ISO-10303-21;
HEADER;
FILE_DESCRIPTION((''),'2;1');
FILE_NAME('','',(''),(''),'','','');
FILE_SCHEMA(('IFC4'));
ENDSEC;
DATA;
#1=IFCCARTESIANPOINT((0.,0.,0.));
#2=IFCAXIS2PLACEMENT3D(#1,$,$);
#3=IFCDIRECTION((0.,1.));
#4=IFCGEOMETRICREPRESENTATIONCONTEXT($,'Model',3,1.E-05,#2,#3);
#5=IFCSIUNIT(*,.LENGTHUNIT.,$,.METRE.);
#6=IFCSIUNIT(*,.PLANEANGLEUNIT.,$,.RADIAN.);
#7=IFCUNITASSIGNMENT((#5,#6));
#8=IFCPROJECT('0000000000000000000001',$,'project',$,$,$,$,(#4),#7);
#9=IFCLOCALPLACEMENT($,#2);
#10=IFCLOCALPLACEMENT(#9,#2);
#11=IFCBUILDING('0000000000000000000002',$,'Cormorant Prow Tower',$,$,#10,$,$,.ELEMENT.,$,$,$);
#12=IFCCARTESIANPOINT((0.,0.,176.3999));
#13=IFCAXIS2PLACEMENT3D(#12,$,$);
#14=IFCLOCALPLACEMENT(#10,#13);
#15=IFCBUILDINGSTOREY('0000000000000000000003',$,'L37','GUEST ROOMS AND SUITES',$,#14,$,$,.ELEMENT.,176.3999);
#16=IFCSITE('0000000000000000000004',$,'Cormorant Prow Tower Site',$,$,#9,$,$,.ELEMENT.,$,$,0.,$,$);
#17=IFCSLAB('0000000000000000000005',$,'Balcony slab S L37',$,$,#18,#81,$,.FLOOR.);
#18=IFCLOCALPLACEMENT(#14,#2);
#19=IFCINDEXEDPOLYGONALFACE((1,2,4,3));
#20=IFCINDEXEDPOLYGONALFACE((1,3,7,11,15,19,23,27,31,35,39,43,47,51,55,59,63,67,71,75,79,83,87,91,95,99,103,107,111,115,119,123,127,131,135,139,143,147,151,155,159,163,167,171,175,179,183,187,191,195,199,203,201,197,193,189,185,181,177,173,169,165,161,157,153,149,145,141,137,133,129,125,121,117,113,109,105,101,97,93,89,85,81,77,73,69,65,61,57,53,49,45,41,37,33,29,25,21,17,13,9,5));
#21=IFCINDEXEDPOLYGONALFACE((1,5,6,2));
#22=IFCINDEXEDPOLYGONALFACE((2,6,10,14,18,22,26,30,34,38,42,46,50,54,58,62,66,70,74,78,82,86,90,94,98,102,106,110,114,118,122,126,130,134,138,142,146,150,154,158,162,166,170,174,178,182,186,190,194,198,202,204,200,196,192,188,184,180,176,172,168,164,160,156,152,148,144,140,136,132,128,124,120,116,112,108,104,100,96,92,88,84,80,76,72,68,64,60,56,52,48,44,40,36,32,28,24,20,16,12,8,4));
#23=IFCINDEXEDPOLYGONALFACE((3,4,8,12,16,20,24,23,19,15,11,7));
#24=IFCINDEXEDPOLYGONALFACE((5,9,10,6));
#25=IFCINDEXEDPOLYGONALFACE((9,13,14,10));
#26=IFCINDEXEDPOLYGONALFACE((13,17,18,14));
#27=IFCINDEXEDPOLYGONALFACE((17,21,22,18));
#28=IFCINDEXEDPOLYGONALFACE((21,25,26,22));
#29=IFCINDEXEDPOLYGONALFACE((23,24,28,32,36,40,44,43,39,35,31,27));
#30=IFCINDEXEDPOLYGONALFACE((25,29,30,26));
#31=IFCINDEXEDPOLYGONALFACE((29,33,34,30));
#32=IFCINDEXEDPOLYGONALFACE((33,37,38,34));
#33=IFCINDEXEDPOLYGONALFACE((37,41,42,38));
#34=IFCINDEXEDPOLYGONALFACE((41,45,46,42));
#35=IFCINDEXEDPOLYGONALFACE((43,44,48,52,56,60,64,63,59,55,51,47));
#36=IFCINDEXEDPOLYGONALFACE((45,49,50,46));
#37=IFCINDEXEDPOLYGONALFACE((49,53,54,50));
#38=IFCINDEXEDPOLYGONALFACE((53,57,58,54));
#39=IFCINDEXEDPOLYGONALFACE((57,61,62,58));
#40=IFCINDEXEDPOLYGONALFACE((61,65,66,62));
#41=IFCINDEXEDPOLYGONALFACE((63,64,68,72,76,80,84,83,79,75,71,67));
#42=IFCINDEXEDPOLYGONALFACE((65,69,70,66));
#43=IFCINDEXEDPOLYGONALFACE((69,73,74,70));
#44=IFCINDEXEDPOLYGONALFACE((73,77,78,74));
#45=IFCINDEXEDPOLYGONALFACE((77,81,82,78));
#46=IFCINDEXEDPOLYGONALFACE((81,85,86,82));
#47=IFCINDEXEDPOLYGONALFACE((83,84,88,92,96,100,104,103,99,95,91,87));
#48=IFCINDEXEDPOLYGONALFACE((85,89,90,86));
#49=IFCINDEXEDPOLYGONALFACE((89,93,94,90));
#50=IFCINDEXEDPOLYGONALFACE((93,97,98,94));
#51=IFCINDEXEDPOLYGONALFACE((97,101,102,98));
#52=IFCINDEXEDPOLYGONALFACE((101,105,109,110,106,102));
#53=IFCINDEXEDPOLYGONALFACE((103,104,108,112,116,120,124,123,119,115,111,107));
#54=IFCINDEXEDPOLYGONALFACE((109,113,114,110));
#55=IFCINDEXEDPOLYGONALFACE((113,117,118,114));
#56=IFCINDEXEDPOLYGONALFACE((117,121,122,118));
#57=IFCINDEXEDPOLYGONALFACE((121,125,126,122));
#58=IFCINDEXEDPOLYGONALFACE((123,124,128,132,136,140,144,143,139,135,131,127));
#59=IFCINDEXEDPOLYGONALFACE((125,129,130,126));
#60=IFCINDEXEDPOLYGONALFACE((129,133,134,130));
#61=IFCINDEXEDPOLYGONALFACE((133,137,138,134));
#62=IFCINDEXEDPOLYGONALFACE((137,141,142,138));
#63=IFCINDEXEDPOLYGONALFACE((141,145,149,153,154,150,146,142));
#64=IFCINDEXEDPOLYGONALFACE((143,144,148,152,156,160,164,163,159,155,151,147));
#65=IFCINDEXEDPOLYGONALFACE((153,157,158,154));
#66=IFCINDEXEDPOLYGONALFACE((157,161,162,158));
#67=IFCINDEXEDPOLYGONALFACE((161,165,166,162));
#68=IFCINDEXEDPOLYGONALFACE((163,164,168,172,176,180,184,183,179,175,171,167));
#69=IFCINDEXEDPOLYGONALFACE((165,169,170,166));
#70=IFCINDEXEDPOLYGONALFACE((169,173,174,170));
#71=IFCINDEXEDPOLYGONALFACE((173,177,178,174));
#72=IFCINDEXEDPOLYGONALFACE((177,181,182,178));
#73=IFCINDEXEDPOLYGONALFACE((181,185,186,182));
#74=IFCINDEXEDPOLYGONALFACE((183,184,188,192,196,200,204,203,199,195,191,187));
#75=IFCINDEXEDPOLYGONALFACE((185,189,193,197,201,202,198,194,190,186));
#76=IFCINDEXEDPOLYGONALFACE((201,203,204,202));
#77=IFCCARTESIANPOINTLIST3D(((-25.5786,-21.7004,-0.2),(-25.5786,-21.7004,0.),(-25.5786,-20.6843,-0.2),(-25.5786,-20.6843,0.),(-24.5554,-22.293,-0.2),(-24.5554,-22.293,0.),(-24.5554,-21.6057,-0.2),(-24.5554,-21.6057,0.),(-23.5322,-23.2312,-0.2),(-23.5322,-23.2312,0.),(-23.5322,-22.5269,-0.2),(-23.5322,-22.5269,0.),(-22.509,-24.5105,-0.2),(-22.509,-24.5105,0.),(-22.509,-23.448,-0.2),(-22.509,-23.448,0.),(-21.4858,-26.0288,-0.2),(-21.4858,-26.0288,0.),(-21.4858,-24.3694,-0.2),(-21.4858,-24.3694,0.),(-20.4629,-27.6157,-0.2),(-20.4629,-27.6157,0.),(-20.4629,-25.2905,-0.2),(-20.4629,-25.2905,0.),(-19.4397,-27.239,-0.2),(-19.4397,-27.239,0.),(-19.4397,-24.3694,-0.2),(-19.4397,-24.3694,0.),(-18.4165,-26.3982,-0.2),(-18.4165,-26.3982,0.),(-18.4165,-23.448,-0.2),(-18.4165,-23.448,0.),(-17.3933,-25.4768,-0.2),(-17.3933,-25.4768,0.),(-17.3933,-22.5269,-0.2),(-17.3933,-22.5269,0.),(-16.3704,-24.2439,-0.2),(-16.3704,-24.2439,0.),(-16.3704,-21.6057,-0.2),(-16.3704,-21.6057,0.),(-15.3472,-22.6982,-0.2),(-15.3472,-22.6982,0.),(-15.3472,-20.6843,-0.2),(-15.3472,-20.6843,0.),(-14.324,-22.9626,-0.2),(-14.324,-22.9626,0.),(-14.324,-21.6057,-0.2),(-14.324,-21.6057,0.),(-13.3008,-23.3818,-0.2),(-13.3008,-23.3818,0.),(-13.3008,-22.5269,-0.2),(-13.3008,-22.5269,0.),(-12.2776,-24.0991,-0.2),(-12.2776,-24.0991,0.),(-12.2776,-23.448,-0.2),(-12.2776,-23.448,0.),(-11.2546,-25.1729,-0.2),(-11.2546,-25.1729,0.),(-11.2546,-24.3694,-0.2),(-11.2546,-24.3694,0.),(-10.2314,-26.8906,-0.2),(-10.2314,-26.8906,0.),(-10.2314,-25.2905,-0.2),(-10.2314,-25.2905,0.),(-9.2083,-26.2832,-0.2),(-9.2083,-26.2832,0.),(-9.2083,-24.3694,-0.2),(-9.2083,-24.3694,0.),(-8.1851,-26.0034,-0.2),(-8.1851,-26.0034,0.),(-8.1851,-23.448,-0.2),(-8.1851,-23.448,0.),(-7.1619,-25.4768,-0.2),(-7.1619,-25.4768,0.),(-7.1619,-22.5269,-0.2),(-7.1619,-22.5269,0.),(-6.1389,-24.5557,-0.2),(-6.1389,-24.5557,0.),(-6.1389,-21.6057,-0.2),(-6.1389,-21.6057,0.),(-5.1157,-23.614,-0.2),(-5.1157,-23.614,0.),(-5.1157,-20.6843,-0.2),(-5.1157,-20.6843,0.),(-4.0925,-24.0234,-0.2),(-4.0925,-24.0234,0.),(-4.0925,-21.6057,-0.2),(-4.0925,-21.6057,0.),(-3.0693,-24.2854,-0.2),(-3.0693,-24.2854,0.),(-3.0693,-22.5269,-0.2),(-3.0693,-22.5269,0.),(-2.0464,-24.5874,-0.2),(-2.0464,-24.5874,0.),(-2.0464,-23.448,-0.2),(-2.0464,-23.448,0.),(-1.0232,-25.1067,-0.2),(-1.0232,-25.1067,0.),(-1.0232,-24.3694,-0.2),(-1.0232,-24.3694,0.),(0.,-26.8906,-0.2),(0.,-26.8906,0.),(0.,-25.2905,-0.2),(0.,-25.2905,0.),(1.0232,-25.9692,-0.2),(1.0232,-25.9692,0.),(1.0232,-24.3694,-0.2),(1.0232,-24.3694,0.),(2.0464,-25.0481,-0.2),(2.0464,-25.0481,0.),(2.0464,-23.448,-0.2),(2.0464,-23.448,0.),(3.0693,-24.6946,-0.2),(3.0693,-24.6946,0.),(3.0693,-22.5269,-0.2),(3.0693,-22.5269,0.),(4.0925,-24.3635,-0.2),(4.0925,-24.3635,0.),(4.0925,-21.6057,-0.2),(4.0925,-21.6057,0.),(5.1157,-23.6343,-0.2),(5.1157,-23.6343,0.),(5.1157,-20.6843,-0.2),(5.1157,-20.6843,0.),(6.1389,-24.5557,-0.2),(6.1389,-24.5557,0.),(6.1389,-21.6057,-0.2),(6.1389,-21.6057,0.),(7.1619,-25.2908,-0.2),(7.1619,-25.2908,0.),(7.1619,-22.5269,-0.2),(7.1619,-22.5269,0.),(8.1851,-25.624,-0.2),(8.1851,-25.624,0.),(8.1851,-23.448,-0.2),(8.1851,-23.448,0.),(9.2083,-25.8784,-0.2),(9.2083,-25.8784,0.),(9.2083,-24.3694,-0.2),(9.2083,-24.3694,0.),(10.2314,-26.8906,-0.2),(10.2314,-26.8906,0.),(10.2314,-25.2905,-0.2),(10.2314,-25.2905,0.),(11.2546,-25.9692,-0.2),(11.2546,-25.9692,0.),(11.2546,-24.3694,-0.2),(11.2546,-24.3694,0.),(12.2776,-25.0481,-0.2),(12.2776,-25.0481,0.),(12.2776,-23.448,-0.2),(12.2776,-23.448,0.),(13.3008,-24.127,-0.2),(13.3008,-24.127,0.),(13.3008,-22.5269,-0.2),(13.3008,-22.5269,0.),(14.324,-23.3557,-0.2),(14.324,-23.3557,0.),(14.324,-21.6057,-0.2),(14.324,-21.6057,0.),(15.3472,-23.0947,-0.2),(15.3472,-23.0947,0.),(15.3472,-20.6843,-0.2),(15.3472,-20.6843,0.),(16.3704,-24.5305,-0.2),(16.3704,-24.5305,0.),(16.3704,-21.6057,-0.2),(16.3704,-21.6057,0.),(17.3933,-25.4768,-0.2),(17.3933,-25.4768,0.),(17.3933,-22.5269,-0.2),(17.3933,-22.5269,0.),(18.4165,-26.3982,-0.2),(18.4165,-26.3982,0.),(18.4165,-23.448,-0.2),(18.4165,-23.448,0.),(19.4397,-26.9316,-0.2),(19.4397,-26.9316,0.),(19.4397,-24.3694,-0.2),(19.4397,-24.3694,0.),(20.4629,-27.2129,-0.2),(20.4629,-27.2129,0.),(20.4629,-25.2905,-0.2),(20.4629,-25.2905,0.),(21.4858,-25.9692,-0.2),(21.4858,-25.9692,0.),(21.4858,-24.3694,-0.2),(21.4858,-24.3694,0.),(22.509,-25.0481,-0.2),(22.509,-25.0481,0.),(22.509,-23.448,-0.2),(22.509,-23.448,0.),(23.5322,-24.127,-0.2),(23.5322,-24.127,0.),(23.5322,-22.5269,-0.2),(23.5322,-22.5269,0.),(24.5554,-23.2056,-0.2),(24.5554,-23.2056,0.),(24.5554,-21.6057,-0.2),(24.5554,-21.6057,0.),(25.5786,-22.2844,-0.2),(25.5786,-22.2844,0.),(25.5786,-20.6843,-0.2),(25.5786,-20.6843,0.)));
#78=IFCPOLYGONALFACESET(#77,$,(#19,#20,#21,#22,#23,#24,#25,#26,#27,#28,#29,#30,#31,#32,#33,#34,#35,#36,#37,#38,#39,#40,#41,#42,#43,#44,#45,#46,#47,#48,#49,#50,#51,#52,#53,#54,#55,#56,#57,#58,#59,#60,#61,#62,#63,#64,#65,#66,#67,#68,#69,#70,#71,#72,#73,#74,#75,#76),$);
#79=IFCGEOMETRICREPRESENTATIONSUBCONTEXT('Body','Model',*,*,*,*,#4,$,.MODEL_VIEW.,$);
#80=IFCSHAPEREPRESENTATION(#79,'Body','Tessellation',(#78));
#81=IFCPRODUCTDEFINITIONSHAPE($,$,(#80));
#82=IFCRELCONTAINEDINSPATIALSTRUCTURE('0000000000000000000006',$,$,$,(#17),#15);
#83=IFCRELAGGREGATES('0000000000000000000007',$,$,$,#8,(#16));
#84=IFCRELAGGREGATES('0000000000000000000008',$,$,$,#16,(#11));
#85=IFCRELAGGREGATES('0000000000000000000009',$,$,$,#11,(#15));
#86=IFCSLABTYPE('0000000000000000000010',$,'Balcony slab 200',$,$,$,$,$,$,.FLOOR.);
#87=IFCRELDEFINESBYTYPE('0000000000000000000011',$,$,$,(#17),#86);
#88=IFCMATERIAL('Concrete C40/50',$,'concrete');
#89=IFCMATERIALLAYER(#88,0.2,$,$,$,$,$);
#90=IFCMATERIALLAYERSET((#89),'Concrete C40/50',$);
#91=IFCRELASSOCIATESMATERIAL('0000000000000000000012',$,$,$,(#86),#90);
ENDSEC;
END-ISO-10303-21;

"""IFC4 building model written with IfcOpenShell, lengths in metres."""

from ifc_helpers import new_model, si_unit, direction, frame, origin, place, context, subcontext, project, spatial, polyline, outline, extrude, material, layer, layer_set, type_object, element, save


model = new_model("IFC4")

# Units and contexts
model_context = context("Model", 3, precision=1e-05, world=origin(), true_north=direction((0.0, 1.0)))
body_context = subcontext(model_context, "Body", "Model", "MODEL_VIEW")
ifc_project = project(units=[si_unit("LENGTHUNIT", "METRE"), si_unit("PLANEANGLEUNIT", "RADIAN")], contexts=[model_context])

# Site, building, storey
site_placement = place(None, origin())
site = spatial("IfcSite", under=ifc_project, at=site_placement, Name="Cormorant Prow Tower Site", CompositionType="ELEMENT", RefElevation=0.0)
building_placement = place(site_placement, origin())
building = spatial("IfcBuilding", under=site, at=building_placement, Name="Cormorant Prow Tower", CompositionType="ELEMENT")
storey_placement = place(building_placement, frame((0.0, 0.0, 176.3999)))
storey = spatial("IfcBuildingStorey", under=building, at=storey_placement, Name="L37", Description="GUEST ROOMS AND SUITES", CompositionType="ELEMENT", Elevation=176.3999)

# Slab
ifc_material_1 = material(Name="Concrete C40/50", Category="concrete")
ifc_layer_1 = layer(ifc_material_1, 0.2)
ifc_layer_set_1 = layer_set([ifc_layer_1], Name="Concrete C40/50")
slab_type_1 = type_object("IfcSlabType", Name="Balcony slab 200", PredefinedType="FLOOR", material=ifc_layer_set_1)
slab_1_placement = place(storey_placement, frame((0.0, 0.0, -0.2)))
element("IfcSlab", 1, at=slab_1_placement, inside=storey, type_object=slab_type_1, Name="Balcony slab S L37", PredefinedType="FLOOR", context=body_context, shape_type="SweptSolid", body=[
    extrude(outline(polyline([(-25.5786, -20.6843), (-25.5786, -21.7004), (-24.5554, -22.293), (-23.5322, -23.2312), (-22.509, -24.5105), (-21.4858, -26.0288), (-20.4629, -27.6157), (-19.4397, -27.239), (-18.4165, -26.3982), (-17.3933, -25.4768), (-16.3704, -24.2439), (-15.3472, -22.6982), (-14.324, -22.9626), (-13.3008, -23.3818), (-12.2776, -24.0991), (-11.2546, -25.1729), (-10.2314, -26.8906), (-9.2083, -26.2832), (-8.1851, -26.0034), (-7.1619, -25.4768), (-6.1389, -24.5557), (-5.1157, -23.614), (-4.0925, -24.0234), (-3.0693, -24.2854), (-2.0464, -24.5874), (-1.0232, -25.1067), (0.0, -26.8906), (1.0232, -25.9692), (2.0464, -25.0481), (3.0693, -24.6946), (4.0925, -24.3635), (5.1157, -23.6343), (6.1389, -24.5557), (7.1619, -25.2908), (8.1851, -25.624), (9.2083, -25.8784), (10.2314, -26.8906), (11.2546, -25.9692), (12.2776, -25.0481), (13.3008, -24.127), (14.324, -23.3557), (15.3472, -23.0947), (16.3704, -24.5305), (17.3933, -25.4768), (18.4165, -26.3982), (19.4397, -26.9316), (20.4629, -27.2129), (21.4858, -25.9692), (22.509, -25.0481), (23.5322, -24.127), (24.5554, -23.2056), (25.5786, -22.2844), (25.5786, -20.6843), (24.5554, -21.6057), (23.5322, -22.5269), (22.509, -23.448), (21.4858, -24.3694), (20.4629, -25.2905), (19.4397, -24.3694), (18.4165, -23.448), (17.3933, -22.5269), (16.3704, -21.6057), (15.3472, -20.6843), (14.324, -21.6057), (13.3008, -22.5269), (12.2776, -23.448), (11.2546, -24.3694), (10.2314, -25.2905), (9.2083, -24.3694), (8.1851, -23.448), (7.1619, -22.5269), (6.1389, -21.6057), (5.1157, -20.6843), (4.0925, -21.6057), (3.0693, -22.5269), (2.0464, -23.448), (1.0232, -24.3694), (0.0, -25.2905), (-1.0232, -24.3694), (-2.0464, -23.448), (-3.0693, -22.5269), (-4.0925, -21.6057), (-5.1157, -20.6843), (-6.1389, -21.6057), (-7.1619, -22.5269), (-8.1851, -23.448), (-9.2083, -24.3694), (-10.2314, -25.2905), (-11.2546, -24.3694), (-12.2776, -23.448), (-13.3008, -22.5269), (-14.324, -21.6057), (-15.3472, -20.6843), (-16.3704, -21.6057), (-17.3933, -22.5269), (-18.4165, -23.448), (-19.4397, -24.3694), (-20.4629, -25.2905), (-21.4858, -24.3694), (-22.509, -23.448), (-23.5322, -22.5269), (-24.5554, -21.6057), (-25.5786, -20.6843)])), origin(), (0.0, 0.0, 1.0), 0.2),
])

save(model, "model.ifc")
